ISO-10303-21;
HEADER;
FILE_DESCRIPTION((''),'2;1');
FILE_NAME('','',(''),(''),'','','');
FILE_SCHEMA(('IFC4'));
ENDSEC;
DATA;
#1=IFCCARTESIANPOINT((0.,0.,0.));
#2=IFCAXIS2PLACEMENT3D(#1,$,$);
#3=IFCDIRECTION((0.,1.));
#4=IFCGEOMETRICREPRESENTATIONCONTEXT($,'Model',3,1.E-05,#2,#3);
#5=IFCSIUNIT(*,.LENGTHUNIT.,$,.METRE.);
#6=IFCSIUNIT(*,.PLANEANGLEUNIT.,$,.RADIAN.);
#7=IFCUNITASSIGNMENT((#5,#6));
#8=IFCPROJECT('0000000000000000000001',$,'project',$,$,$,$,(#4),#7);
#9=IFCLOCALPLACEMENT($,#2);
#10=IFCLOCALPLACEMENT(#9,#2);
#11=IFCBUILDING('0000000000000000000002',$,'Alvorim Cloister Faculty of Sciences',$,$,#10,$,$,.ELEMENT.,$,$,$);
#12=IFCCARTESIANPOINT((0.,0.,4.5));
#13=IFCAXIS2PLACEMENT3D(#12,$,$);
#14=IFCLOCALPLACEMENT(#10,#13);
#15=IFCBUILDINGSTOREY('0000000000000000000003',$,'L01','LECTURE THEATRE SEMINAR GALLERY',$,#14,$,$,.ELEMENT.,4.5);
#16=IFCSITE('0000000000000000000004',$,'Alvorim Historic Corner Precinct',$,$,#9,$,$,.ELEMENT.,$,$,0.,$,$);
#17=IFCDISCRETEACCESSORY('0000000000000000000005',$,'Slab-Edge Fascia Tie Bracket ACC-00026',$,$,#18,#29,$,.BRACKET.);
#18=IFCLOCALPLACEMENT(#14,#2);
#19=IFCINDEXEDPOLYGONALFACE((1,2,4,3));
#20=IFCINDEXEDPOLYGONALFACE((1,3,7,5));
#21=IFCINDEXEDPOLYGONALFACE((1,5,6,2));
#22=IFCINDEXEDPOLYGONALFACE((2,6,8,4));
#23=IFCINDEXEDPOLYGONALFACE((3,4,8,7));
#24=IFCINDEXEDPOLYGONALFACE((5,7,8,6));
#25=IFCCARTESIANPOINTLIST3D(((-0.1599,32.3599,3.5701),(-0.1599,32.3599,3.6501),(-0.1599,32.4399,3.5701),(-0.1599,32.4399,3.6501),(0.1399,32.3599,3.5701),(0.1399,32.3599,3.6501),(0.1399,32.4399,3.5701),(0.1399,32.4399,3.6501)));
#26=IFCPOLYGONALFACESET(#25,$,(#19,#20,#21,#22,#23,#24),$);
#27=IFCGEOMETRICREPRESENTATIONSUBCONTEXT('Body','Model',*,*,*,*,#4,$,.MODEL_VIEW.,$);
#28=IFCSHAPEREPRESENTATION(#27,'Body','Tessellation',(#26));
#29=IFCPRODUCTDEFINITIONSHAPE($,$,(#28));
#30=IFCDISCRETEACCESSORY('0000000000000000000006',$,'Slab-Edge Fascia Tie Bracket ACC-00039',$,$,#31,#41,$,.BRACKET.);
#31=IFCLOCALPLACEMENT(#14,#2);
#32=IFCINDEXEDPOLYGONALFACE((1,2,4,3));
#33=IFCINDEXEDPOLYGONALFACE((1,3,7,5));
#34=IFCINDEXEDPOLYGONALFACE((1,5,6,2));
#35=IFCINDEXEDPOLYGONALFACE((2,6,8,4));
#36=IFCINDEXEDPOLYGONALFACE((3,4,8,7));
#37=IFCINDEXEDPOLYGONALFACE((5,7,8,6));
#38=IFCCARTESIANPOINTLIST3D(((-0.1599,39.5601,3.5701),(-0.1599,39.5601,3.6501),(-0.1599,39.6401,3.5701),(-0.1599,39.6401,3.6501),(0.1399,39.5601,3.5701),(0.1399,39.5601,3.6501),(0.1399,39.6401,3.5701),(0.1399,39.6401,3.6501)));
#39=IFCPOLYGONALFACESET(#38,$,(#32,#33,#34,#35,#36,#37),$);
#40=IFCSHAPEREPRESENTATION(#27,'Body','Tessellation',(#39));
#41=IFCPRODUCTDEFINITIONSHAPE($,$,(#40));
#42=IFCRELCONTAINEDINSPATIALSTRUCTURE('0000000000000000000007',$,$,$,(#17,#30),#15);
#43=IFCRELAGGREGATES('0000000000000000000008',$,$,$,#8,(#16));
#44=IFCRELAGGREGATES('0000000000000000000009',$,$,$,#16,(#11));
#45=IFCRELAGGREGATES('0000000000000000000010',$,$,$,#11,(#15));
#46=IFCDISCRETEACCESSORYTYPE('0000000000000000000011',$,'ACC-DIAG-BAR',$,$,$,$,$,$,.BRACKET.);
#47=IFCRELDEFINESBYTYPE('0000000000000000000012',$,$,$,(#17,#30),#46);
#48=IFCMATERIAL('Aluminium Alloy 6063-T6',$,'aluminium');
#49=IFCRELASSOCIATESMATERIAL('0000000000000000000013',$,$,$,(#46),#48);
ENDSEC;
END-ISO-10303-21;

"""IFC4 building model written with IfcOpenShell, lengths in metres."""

from ifc_helpers import new_model, si_unit, direction, frame, origin, origin_2d, place, context, subcontext, project, spatial, rectangle, extrude, material, type_object, element, save


model = new_model("IFC4")

# Units and contexts
model_context = context("Model", 3, precision=1e-05, world=origin(), true_north=direction((0.0, 1.0)))
body_context = subcontext(model_context, "Body", "Model", "MODEL_VIEW")
ifc_project = project(units=[si_unit("LENGTHUNIT", "METRE"), si_unit("PLANEANGLEUNIT", "RADIAN")], contexts=[model_context])

# Site, building, storey
site_placement = place(None, origin())
site = spatial("IfcSite", under=ifc_project, at=site_placement, Name="Alvorim Historic Corner Precinct", CompositionType="ELEMENT", RefElevation=0.0)
building_placement = place(site_placement, origin())
building = spatial("IfcBuilding", under=site, at=building_placement, Name="Alvorim Cloister Faculty of Sciences", CompositionType="ELEMENT")
storey_placement = place(building_placement, frame((0.0, 0.0, 4.5)))
storey = spatial("IfcBuildingStorey", under=building, at=storey_placement, Name="L01", Description="LECTURE THEATRE SEMINAR GALLERY", CompositionType="ELEMENT", Elevation=4.5)

# Shared definitions
ifc_material_1 = material(Name="Aluminium Alloy 6063-T6", Category="aluminium")

# Discrete accessories
discrete_accessory_type = type_object("IfcDiscreteAccessoryType", Name="ACC-DIAG-BAR", PredefinedType="BRACKET", material=ifc_material_1)
for number, where, z_axis, x_axis, name in (
    (1, (0.1399, 32.3999, 3.6101), (-1.0, 0.0, 0.0), (0.0, -1.0, 0.0), "Slab-Edge Fascia Tie Bracket ACC-00026"),
    (2, (0.1399, 39.6001, 3.6101), (-1.0, 0.0, 0.0), (0.0, -1.0, 0.0), "Slab-Edge Fascia Tie Bracket ACC-00039"),
):
    element("IfcDiscreteAccessory", number, at=place(storey_placement, frame(where, z_axis=z_axis, x_axis=x_axis)), inside=storey, type_object=discrete_accessory_type, Name=name, PredefinedType="BRACKET", context=body_context, shape_type="SweptSolid", body=[
        extrude(rectangle(XDim=0.0801, YDim=0.0801, at=origin_2d()), origin(), (0.0, 0.0, 1.0), 0.2998),
    ])

save(model, "model.ifc")
